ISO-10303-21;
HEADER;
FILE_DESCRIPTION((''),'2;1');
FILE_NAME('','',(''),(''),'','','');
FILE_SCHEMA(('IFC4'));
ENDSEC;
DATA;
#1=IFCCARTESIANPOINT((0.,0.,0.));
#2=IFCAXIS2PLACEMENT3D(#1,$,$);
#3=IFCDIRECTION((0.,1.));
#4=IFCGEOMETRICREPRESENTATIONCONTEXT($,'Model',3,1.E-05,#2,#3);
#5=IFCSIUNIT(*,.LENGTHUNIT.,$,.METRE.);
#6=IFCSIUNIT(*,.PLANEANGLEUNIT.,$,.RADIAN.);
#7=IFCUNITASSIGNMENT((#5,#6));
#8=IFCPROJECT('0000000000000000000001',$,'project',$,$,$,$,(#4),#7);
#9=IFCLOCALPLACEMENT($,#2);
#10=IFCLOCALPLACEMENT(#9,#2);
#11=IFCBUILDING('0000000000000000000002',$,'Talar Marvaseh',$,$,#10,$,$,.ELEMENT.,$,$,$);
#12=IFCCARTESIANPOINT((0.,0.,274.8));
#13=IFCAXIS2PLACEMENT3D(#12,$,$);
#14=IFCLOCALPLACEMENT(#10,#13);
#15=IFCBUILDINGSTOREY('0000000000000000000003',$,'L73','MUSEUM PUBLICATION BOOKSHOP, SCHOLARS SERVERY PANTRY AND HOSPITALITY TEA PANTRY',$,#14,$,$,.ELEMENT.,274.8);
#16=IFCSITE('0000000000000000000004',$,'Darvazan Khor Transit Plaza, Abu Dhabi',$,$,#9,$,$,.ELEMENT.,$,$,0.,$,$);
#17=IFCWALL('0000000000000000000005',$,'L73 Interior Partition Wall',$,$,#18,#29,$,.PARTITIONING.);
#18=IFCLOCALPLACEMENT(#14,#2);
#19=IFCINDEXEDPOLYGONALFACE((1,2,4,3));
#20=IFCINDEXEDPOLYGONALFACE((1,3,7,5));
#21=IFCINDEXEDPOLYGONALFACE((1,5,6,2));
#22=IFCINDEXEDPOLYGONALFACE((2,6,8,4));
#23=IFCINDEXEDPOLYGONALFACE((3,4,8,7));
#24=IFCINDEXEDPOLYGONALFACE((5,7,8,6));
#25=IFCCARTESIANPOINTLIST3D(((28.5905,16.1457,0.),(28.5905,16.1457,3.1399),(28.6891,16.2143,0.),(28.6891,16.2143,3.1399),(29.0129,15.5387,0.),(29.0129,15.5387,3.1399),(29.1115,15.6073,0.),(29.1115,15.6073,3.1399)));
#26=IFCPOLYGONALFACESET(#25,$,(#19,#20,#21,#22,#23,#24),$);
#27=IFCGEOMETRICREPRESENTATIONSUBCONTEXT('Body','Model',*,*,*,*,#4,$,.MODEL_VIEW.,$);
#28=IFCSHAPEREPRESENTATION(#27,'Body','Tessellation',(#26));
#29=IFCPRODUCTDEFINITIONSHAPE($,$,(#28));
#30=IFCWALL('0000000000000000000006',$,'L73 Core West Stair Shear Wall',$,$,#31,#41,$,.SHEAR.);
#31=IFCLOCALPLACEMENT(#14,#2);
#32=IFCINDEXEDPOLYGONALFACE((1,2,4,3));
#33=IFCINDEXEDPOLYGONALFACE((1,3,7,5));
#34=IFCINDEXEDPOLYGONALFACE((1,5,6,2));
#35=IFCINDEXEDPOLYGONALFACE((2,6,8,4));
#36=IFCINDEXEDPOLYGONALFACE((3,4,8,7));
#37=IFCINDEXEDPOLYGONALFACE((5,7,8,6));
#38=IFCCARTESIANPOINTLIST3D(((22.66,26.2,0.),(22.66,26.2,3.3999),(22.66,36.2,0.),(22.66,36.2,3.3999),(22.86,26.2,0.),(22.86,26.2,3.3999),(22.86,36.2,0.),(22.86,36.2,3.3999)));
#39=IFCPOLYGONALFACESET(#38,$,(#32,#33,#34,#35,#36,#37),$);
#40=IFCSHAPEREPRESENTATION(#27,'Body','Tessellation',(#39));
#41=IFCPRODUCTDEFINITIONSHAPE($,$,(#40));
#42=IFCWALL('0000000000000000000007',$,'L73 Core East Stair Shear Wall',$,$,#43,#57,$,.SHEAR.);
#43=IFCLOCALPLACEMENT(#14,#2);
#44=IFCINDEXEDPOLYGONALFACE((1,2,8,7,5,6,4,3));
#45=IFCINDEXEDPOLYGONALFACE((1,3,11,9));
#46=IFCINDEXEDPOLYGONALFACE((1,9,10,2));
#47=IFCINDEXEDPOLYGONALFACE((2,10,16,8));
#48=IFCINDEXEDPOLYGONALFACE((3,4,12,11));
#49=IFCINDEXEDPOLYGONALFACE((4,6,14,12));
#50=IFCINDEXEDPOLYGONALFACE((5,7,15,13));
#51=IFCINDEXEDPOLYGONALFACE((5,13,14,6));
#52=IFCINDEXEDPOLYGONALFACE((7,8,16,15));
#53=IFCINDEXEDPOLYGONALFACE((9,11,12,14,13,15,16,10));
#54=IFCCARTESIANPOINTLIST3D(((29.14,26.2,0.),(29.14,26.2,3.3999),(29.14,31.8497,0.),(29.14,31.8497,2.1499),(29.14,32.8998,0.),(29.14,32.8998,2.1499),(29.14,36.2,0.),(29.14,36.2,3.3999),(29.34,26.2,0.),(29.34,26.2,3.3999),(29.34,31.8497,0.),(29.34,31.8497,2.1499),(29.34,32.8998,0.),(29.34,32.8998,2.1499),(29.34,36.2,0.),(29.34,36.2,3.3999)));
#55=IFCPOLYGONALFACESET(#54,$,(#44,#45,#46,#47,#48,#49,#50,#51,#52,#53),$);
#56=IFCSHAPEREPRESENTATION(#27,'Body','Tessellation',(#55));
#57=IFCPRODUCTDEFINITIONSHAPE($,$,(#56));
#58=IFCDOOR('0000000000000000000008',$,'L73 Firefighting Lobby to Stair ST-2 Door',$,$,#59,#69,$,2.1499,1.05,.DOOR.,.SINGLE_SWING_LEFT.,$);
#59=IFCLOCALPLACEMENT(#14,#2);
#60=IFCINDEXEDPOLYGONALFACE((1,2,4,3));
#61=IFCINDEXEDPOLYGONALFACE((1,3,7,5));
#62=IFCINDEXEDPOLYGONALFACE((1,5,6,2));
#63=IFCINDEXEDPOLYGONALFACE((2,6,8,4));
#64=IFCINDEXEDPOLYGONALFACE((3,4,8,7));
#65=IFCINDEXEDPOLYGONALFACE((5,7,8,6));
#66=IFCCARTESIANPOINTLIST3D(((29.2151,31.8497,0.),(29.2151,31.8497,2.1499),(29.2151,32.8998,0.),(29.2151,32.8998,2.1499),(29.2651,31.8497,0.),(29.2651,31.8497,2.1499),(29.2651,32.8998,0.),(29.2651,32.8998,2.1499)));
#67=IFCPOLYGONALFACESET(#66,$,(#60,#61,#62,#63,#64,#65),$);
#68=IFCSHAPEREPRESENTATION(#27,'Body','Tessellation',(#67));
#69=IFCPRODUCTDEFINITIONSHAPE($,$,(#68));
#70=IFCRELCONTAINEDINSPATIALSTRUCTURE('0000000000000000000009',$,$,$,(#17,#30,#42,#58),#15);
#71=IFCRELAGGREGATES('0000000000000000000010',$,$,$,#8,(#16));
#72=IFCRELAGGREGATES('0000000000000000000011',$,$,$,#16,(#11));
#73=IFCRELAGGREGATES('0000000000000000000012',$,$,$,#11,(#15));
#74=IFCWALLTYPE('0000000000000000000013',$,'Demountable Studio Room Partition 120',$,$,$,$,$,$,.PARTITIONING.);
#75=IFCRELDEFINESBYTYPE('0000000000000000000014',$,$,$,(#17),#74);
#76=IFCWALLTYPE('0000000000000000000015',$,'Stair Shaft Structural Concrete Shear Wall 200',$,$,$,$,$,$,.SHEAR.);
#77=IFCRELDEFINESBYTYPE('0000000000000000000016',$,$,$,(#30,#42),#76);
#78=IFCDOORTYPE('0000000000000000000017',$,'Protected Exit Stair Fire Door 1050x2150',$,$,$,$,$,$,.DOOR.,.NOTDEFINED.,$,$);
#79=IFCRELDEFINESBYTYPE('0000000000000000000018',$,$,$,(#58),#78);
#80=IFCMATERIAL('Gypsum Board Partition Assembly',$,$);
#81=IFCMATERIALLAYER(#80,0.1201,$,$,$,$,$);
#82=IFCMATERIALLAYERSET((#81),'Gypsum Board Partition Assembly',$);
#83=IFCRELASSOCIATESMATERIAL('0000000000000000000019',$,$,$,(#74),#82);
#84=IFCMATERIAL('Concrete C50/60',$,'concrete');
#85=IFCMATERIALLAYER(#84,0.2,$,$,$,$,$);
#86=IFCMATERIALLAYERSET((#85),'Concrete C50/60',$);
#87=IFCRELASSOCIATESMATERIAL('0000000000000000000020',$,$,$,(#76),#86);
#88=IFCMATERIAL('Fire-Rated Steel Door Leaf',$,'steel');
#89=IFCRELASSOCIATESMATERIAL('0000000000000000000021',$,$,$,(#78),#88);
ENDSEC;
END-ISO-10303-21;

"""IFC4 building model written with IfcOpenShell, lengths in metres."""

from ifc_helpers import new_model, si_unit, direction, frame, frame_2d, origin, place, context, subcontext, project, spatial, rectangle, extrude, source, transform, mapped, material, layer, layer_set, type_object, type_shapes, element, fill, save


model = new_model("IFC4")

# Units and contexts
model_context = context("Model", 3, precision=1e-05, world=origin(), true_north=direction((0.0, 1.0)))
body_context = subcontext(model_context, "Body", "Model", "MODEL_VIEW")
ifc_project = project(units=[si_unit("LENGTHUNIT", "METRE"), si_unit("PLANEANGLEUNIT", "RADIAN")], contexts=[model_context])

# Site, building, storey
site_placement = place(None, origin())
site = spatial("IfcSite", under=ifc_project, at=site_placement, Name="Darvazan Khor Transit Plaza, Abu Dhabi", CompositionType="ELEMENT", RefElevation=0.0)
building_placement = place(site_placement, origin())
building = spatial("IfcBuilding", under=site, at=building_placement, Name="Talar Marvaseh", CompositionType="ELEMENT")
storey_placement = place(building_placement, frame((0.0, 0.0, 274.8)))
storey = spatial("IfcBuildingStorey", under=building, at=storey_placement, Name="L73", Description="MUSEUM PUBLICATION BOOKSHOP, SCHOLARS SERVERY PANTRY AND HOSPITALITY TEA PANTRY", CompositionType="ELEMENT", Elevation=274.8)

# Shared definitions
ifc_material_1 = material(Name="Concrete C50/60", Category="concrete")

# Shared definitions
ifc_material_2 = material(Name="Gypsum Board Partition Assembly")
ifc_material_3 = material(Name="Fire-Rated Steel Door Leaf", Category="steel")

# Walls
ifc_layer_1 = layer(ifc_material_2, 0.1201)
ifc_layer_set_1 = layer_set([ifc_layer_1], Name="Gypsum Board Partition Assembly")
wall_type_1 = type_object("IfcWallType", Name="Demountable Studio Room Partition 120", PredefinedType="PARTITIONING", material=ifc_layer_set_1)
wall_1_placement = place(storey_placement, frame((28.6399, 16.1799, 0.0), z_axis=(0.0, 0.0, 1.0), x_axis=(0.5712, -0.820811, 0.0)))
element("IfcWall", 1, at=wall_1_placement, inside=storey, type_object=wall_type_1, Name="L73 Interior Partition Wall", PredefinedType="PARTITIONING", context=body_context, shape_type="SweptSolid", body=[
    extrude(rectangle(XDim=0.7395, YDim=0.1201, at=frame_2d((0.3696, 0.0))), origin(), (0.0, 0.0, 1.0), 3.1399),
])
ifc_layer_2 = layer(ifc_material_1, 0.2)
ifc_layer_set_2 = layer_set([ifc_layer_2], Name="Concrete C50/60")
wall_type_2 = type_object("IfcWallType", Name="Stair Shaft Structural Concrete Shear Wall 200", PredefinedType="SHEAR", material=ifc_layer_set_2)
wall_2_placement = place(storey_placement, frame((22.76, 26.2, 0.0), z_axis=(0.0, 0.0, 1.0), x_axis=(0.0, 1.0, 0.0)))
element("IfcWall", 2, at=wall_2_placement, inside=storey, type_object=wall_type_2, Name="L73 Core West Stair Shear Wall", PredefinedType="SHEAR", context=body_context, shape_type="SweptSolid", body=[
    extrude(rectangle(XDim=10.0, YDim=0.2, at=frame_2d((5.0, 0.0))), origin(), (0.0, 0.0, 1.0), 3.3999),
])

# Wall, opening, door
wall_3_placement = place(storey_placement, frame((29.24, 26.2, 0.0), z_axis=(0.0, 0.0, 1.0), x_axis=(0.0, 1.0, 0.0)))
wall_3 = element("IfcWall", 3, at=wall_3_placement, inside=storey, type_object=wall_type_2, Name="L73 Core East Stair Shear Wall", PredefinedType="SHEAR", context=body_context, shape_type="SweptSolid", body=[
    extrude(rectangle(XDim=10.0, YDim=0.2, at=frame_2d((5.0, 0.0))), origin(), (0.0, 0.0, 1.0), 3.3999),
])
opening_1_placement = place(wall_3_placement, frame((5.6499, 0.0, 0.0)))
opening_1 = element("IfcOpeningElement", 4, at=opening_1_placement, cuts=wall_3, PredefinedType="OPENING", context=body_context, shape_type="SweptSolid", body=[
    extrude(rectangle(XDim=1.05, YDim=2.1499, at=frame_2d((0.5249, 1.075))), frame((0.0, 0.1099, 0.0), z_axis=(0.0, -1.0, 0.0), x_axis=(1.0, 0.0, 0.0)), (0.0, 0.0, 1.0), 0.22),
])
door_type_1 = type_object("IfcDoorType", Name="Protected Exit Stair Fire Door 1050x2150", OperationType="NOTDEFINED", PredefinedType="DOOR", material=ifc_material_3)
shared_shape_1 = source(origin(), body_context, "Body", "SweptSolid", [
    extrude(rectangle(XDim=1.05, YDim=2.1499, at=frame_2d((0.5249, 1.075))), frame((0.0, 0.0249, 0.0), z_axis=(0.0, -1.0, 0.0), x_axis=(1.0, 0.0, 0.0)), (0.0, 0.0, 1.0), 0.05),
])
type_shapes(door_type_1, [shared_shape_1])
door_1_placement = place(opening_1_placement, origin())
door_1 = element("IfcDoor", 5, at=door_1_placement, inside=storey, type_object=door_type_1, Name="L73 Firefighting Lobby to Stair ST-2 Door", OperationType="SINGLE_SWING_LEFT", OverallHeight=2.1499, OverallWidth=1.05, PredefinedType="DOOR", context=body_context, shape_type="MappedRepresentation", body=[
    mapped(shared_shape_1, transform((0.0, 0.0, 0.0), x_axis=(1.0, 0.0, 0.0), y_axis=(0.0, 1.0, 0.0), z_axis=(0.0, 0.0, 1.0), scale=1.0)),
])
fill(opening_1, door_1)

save(model, "model.ifc")
